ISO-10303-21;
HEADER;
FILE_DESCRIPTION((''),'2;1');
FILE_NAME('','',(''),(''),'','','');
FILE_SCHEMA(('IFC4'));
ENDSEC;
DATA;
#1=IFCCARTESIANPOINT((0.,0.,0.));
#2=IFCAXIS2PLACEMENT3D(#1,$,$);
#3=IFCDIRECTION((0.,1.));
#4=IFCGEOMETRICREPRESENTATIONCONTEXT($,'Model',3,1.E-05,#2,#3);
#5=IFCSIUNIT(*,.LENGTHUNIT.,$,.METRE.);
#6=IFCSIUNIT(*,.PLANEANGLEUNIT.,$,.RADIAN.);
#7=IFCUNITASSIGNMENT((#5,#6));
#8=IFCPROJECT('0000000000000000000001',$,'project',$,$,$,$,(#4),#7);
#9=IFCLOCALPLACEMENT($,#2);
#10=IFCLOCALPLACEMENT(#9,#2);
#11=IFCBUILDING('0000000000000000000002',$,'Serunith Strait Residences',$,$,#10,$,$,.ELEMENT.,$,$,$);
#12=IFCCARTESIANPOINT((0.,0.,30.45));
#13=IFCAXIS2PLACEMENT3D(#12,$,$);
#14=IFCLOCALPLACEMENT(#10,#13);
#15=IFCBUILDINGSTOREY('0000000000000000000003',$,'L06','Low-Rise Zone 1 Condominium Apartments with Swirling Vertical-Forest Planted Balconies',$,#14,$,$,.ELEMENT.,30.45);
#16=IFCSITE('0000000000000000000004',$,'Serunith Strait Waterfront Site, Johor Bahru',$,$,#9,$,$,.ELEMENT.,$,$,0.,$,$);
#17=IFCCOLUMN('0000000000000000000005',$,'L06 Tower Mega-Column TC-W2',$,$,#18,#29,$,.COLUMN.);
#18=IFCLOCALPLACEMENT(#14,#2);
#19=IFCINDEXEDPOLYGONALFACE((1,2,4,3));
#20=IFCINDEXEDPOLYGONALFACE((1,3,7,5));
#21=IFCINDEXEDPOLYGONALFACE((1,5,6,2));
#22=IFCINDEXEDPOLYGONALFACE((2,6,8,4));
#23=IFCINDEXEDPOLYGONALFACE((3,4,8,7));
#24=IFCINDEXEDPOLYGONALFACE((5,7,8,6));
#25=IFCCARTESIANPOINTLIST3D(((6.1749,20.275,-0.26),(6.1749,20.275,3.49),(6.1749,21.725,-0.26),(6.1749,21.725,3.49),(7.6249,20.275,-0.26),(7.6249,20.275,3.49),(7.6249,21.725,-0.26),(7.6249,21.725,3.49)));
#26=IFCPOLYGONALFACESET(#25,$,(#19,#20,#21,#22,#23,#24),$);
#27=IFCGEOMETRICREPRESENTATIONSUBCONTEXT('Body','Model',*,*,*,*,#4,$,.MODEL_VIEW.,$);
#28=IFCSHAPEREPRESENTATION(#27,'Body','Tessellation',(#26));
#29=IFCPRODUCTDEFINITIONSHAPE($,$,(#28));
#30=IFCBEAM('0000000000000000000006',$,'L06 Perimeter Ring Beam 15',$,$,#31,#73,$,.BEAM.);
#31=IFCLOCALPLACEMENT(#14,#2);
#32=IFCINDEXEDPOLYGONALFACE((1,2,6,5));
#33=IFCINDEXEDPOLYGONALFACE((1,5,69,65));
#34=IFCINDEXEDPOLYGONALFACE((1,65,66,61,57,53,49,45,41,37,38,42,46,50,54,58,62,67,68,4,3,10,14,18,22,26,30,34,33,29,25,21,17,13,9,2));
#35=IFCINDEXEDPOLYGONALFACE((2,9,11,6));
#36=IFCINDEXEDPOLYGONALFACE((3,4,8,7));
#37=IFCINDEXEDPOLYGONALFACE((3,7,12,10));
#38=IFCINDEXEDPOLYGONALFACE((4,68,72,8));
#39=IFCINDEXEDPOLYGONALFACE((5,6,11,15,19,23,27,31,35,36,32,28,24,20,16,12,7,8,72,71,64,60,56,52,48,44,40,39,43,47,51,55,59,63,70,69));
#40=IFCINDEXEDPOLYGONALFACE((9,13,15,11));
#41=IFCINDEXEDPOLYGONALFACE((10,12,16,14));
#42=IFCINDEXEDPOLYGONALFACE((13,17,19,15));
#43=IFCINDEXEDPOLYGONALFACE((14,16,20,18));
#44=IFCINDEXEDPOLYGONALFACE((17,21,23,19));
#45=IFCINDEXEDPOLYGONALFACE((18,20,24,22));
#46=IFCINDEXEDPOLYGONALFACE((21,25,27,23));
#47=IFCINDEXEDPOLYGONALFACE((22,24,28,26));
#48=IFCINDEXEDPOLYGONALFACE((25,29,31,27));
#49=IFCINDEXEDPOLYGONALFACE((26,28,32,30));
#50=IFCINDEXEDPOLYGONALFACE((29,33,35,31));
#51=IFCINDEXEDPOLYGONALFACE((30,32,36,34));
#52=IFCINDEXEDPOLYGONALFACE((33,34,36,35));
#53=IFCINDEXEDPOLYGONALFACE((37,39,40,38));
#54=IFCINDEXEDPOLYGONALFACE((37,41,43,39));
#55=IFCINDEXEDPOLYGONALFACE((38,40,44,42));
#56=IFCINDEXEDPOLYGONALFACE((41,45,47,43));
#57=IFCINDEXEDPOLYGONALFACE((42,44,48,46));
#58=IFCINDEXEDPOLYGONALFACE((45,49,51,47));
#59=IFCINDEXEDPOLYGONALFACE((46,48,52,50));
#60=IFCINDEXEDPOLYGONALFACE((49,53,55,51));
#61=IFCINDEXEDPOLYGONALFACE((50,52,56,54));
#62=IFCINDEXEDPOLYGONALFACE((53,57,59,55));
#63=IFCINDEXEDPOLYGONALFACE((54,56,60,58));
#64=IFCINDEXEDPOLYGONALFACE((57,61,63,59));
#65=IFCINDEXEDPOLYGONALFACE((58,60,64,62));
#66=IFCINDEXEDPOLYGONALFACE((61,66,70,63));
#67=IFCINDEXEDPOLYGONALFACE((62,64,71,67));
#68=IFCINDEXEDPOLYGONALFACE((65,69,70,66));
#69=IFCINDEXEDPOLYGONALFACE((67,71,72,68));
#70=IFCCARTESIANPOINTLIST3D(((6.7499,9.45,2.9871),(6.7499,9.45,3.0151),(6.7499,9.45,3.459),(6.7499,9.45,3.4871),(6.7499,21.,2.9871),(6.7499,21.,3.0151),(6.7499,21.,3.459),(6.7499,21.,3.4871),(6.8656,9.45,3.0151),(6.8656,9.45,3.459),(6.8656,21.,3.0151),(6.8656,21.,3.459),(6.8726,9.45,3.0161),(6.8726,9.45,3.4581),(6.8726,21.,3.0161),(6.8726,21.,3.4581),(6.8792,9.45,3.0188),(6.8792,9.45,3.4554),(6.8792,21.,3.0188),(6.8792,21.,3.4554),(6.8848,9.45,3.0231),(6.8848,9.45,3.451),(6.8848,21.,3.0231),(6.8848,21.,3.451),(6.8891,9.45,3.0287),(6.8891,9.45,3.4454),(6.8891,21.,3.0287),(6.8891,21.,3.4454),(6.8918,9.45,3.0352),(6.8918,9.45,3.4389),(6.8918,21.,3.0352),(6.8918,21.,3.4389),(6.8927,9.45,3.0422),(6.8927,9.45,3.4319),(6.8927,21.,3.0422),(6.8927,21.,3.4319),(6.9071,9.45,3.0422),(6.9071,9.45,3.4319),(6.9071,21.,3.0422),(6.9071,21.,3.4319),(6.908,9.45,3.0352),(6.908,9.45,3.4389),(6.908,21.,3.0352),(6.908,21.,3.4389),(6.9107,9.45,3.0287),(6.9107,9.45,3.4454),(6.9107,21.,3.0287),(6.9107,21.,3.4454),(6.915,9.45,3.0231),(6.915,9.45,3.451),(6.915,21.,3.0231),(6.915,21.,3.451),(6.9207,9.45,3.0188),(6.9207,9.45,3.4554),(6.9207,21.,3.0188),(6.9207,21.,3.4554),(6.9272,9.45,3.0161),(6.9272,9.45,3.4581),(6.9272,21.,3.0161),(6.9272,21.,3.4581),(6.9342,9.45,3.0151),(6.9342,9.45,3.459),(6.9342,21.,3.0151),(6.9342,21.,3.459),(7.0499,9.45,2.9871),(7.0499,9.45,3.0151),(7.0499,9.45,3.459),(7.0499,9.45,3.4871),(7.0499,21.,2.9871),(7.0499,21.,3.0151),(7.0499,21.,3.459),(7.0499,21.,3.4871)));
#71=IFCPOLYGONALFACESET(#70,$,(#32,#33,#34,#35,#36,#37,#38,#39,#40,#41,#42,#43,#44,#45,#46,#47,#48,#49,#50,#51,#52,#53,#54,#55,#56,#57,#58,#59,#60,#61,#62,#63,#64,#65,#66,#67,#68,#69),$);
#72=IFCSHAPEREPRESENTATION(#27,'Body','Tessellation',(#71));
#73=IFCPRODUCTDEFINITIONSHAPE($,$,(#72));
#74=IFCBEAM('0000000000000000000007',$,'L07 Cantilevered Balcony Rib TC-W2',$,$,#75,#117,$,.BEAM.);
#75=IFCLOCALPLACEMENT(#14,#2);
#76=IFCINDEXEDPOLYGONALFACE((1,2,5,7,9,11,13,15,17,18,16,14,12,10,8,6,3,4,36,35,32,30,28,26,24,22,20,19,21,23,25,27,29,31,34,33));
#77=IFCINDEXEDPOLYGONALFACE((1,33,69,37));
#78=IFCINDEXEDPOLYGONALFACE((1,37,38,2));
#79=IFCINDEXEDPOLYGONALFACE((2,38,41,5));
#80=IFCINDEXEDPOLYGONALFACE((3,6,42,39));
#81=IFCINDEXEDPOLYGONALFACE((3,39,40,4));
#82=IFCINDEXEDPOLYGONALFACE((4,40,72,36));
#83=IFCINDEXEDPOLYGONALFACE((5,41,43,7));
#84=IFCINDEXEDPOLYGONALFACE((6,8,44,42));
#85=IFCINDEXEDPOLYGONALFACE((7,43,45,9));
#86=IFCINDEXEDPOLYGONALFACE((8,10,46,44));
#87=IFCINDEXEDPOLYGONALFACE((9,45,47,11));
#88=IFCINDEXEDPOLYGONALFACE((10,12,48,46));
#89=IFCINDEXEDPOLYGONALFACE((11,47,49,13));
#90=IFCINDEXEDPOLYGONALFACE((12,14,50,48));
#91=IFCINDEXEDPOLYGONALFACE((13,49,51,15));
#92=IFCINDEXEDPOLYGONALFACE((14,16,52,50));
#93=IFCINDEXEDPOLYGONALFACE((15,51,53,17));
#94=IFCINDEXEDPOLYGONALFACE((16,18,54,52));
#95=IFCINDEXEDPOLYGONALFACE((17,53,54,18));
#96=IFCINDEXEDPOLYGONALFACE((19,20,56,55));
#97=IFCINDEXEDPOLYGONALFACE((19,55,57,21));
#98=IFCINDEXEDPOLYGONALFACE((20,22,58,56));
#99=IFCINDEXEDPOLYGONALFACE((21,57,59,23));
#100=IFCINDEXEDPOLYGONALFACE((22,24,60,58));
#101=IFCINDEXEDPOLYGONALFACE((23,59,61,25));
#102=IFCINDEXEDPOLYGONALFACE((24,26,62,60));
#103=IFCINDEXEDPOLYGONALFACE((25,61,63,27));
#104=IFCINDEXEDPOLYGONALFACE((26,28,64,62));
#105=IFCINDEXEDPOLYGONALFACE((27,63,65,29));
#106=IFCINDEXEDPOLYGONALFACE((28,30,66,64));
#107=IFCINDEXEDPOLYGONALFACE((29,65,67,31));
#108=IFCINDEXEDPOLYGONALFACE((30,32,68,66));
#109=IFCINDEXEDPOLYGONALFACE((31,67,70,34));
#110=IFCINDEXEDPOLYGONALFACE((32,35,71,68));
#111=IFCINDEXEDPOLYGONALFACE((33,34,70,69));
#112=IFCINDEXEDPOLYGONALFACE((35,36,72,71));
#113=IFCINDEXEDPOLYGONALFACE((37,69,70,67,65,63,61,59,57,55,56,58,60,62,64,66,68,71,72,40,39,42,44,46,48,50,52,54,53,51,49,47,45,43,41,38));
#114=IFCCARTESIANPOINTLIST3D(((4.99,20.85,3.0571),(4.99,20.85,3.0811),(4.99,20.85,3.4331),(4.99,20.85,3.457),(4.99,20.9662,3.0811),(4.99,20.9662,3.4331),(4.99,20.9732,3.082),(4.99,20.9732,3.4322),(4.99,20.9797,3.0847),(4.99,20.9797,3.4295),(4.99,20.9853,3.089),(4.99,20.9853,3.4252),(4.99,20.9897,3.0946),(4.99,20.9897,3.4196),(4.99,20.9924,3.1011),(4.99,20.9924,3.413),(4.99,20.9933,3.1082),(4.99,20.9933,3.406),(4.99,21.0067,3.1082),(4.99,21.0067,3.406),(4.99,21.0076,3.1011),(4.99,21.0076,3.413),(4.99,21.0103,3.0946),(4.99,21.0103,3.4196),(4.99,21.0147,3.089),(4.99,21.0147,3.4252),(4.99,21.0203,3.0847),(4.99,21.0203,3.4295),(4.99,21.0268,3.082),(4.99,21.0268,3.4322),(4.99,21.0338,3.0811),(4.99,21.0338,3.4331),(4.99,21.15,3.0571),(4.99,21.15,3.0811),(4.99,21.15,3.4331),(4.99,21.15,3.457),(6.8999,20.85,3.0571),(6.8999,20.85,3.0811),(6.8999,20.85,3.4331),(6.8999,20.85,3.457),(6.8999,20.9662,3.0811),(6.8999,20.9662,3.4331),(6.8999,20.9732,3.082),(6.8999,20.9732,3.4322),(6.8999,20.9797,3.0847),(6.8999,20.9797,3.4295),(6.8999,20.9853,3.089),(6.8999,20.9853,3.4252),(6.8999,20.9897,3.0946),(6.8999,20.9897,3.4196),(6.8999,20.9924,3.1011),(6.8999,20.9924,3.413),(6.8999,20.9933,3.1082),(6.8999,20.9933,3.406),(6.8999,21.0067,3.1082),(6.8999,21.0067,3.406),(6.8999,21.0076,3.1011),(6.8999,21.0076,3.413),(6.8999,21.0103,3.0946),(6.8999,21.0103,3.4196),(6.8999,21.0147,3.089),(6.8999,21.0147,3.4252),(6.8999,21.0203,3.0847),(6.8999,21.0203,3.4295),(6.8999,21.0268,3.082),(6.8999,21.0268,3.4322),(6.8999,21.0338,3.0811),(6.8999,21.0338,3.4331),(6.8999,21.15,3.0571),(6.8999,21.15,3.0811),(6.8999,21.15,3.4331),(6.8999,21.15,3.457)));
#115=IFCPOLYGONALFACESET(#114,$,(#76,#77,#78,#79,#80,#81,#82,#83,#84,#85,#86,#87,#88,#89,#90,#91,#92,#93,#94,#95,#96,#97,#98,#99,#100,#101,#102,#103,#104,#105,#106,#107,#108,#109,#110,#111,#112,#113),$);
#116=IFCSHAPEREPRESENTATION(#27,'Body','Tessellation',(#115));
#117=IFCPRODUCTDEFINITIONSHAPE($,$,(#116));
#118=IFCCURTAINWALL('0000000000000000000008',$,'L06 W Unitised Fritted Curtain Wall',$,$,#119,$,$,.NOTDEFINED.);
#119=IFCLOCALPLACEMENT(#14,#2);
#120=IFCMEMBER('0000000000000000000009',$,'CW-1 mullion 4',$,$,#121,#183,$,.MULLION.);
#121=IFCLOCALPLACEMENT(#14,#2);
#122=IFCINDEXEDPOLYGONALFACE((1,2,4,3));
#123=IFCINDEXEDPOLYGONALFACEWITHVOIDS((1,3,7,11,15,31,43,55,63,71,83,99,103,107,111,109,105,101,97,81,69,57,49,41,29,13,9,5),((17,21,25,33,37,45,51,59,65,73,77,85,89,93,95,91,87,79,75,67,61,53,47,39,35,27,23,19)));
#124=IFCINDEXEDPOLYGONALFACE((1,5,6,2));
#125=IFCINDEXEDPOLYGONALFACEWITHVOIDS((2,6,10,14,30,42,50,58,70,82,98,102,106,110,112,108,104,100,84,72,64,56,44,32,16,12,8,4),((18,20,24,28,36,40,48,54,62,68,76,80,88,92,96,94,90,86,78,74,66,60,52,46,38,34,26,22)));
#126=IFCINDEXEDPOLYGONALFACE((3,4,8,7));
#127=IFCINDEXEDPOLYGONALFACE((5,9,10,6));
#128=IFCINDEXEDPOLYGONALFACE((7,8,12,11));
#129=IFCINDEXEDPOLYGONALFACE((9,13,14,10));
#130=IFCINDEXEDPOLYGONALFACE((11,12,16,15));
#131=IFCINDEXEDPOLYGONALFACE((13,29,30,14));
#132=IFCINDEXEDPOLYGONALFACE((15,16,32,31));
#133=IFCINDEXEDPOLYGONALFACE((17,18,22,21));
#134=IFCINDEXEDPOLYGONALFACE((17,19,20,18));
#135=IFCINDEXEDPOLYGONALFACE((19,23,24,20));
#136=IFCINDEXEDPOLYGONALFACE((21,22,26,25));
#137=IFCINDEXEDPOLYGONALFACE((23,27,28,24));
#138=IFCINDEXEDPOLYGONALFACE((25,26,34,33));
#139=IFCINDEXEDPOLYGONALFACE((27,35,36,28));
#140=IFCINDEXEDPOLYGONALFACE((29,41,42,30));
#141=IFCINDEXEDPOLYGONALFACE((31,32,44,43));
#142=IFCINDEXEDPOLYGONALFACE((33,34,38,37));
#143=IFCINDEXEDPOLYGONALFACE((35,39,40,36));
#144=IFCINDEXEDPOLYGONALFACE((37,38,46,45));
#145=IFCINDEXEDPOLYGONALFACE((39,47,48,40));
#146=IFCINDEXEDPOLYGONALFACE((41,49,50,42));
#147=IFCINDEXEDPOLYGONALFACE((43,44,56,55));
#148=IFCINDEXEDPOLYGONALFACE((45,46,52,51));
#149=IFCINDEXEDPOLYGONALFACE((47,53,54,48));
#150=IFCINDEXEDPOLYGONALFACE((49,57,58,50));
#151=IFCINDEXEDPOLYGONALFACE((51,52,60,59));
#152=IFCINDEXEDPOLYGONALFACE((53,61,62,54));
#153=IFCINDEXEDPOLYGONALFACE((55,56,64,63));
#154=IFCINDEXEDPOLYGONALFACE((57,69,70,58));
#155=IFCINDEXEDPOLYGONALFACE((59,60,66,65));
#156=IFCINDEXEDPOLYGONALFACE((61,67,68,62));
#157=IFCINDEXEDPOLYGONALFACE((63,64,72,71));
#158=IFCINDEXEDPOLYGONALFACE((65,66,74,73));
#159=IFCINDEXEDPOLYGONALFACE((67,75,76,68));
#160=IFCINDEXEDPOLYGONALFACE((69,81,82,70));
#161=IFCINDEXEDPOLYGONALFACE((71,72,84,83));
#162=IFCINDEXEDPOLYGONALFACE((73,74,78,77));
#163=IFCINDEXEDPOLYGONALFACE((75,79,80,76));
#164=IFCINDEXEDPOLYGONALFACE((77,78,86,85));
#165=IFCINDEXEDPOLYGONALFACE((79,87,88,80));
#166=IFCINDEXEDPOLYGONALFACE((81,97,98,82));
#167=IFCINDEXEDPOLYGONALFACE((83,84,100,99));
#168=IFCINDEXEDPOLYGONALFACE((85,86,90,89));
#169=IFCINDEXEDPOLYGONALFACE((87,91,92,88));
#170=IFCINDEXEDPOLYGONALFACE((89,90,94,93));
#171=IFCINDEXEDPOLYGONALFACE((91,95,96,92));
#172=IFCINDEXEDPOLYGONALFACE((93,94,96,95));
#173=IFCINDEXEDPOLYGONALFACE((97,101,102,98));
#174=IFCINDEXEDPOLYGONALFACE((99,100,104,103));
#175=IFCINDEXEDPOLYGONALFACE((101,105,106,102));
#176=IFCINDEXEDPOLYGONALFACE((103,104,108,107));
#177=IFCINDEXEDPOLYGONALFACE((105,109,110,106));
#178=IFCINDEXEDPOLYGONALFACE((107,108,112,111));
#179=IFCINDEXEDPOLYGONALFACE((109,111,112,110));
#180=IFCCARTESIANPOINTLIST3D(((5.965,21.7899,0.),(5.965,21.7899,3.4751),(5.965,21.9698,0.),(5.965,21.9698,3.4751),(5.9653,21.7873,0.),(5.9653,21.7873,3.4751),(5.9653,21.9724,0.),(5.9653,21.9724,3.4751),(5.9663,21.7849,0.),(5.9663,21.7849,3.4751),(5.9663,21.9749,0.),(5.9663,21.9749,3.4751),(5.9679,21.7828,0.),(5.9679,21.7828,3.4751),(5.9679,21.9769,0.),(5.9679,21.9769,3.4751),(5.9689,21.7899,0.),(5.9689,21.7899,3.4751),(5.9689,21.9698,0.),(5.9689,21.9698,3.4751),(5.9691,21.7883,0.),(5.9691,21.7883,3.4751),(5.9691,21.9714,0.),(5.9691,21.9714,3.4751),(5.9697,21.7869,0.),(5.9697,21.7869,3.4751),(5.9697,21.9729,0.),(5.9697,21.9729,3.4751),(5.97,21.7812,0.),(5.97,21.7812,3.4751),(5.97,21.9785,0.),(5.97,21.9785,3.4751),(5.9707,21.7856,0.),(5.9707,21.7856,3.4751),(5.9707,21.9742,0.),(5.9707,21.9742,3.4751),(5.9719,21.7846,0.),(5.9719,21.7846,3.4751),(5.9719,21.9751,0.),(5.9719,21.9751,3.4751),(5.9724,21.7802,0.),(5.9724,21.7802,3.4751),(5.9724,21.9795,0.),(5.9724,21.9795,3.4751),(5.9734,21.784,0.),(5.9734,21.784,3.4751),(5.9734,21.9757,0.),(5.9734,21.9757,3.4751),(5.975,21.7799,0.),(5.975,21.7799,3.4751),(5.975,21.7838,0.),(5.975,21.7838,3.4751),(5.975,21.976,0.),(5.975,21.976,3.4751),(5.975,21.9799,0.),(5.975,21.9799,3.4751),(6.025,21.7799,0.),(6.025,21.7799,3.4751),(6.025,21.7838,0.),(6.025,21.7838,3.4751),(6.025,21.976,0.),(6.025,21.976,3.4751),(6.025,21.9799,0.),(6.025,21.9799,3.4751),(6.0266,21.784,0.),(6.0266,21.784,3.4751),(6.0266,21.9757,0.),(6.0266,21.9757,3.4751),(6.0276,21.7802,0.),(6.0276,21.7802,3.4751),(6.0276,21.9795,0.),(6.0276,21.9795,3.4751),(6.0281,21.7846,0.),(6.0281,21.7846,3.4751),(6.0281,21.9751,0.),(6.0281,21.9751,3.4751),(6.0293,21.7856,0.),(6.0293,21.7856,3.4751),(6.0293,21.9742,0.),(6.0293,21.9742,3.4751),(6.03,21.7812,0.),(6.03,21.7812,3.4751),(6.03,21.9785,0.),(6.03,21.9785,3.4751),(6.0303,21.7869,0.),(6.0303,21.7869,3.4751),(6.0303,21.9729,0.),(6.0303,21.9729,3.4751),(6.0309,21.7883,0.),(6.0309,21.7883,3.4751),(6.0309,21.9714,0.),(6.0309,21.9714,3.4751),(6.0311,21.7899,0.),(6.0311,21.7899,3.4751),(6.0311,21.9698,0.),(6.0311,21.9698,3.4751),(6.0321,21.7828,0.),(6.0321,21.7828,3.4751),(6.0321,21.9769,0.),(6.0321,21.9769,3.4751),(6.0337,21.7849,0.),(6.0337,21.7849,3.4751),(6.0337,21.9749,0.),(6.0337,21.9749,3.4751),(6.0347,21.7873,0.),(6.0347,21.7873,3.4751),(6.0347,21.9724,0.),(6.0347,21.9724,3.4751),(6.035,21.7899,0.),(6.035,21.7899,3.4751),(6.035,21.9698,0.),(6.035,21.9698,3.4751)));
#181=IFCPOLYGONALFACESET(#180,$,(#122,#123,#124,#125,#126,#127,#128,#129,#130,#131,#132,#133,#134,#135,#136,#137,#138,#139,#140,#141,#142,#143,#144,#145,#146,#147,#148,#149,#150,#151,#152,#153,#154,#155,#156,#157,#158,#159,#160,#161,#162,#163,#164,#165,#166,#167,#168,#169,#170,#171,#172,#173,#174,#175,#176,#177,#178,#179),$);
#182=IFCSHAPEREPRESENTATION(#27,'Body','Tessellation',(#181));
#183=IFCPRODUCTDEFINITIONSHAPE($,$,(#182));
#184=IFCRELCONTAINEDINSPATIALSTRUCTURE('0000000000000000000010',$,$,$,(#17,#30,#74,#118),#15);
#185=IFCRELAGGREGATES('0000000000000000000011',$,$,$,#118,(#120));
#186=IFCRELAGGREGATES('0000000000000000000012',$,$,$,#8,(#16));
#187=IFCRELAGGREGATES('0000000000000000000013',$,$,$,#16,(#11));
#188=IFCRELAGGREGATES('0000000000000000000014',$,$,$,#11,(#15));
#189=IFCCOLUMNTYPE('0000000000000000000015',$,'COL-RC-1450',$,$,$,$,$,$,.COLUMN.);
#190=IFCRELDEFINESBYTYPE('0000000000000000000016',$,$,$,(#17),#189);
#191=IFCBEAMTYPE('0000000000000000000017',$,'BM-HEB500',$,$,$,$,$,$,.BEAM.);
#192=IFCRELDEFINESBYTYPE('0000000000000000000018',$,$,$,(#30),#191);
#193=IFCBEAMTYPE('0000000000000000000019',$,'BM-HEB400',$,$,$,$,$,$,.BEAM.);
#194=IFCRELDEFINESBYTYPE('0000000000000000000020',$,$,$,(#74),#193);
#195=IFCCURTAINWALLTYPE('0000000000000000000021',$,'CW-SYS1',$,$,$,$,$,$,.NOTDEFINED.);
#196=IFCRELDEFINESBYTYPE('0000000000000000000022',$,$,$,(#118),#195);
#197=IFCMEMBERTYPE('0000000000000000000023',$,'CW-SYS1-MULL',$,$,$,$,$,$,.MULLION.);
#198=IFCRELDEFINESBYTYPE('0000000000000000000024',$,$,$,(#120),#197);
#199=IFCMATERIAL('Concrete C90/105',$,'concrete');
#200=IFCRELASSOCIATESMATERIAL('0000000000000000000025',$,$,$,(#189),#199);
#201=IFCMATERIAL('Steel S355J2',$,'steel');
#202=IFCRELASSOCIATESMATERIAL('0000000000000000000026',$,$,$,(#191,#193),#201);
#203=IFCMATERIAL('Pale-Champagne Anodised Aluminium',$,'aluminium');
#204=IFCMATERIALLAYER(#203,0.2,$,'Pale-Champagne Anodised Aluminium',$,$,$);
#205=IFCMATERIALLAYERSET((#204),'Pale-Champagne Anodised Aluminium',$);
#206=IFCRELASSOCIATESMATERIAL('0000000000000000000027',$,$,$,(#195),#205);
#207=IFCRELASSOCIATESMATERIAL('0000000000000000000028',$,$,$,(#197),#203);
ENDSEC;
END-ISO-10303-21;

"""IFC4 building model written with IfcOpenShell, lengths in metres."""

from ifc_helpers import new_model, si_unit, direction, frame, origin, origin_2d, place, context, subcontext, project, spatial, rectangle, hollow_rectangle, i_section, extrude, source, transform, mapped, material, layer, layer_set, material_profile, profile_set, type_object, element, aggregate, save


model = new_model("IFC4")

# Units and contexts
model_context = context("Model", 3, precision=1e-05, world=origin(), true_north=direction((0.0, 1.0)))
body_context = subcontext(model_context, "Body", "Model", "MODEL_VIEW")
ifc_project = project(units=[si_unit("LENGTHUNIT", "METRE"), si_unit("PLANEANGLEUNIT", "RADIAN")], contexts=[model_context])

# Site, building, storey
site_placement = place(None, origin())
site = spatial("IfcSite", under=ifc_project, at=site_placement, Name="Serunith Strait Waterfront Site, Johor Bahru", CompositionType="ELEMENT", RefElevation=0.0)
building_placement = place(site_placement, origin())
building = spatial("IfcBuilding", under=site, at=building_placement, Name="Serunith Strait Residences", CompositionType="ELEMENT")
storey_placement = place(building_placement, frame((0.0, 0.0, 30.45)))
storey = spatial("IfcBuildingStorey", under=building, at=storey_placement, Name="L06", Description="Low-Rise Zone 1 Condominium Apartments with Swirling Vertical-Forest Planted Balconies", CompositionType="ELEMENT", Elevation=30.45)

# Column
ifc_material_1 = material(Name="Concrete C90/105", Category="concrete")
ifc_material_profile_1 = material_profile(ifc_material_1, rectangle(XDim=1.45, YDim=1.45, at=origin_2d()), Name="RC 1450x1450")
ifc_profile_set_1 = profile_set([ifc_material_profile_1], Name="Concrete C90/105")
column_type = type_object("IfcColumnType", Name="COL-RC-1450", PredefinedType="COLUMN", material=ifc_profile_set_1)
shared_shape_1 = source(origin(), body_context, "Body", "SweptSolid", [
    extrude(rectangle(XDim=1.45, YDim=1.45, at=origin_2d()), origin(), (0.0, 0.0, 1.0), 3.75),
])
column_placement = place(storey_placement, frame((6.8999, 21.0, -0.26), z_axis=(0.0, 0.0, 1.0), x_axis=(1.0, 0.0, 0.0)))
element("IfcColumn", 1, at=column_placement, inside=storey, type_object=column_type, Name="L06 Tower Mega-Column TC-W2", PredefinedType="COLUMN", context=body_context, shape_type="MappedRepresentation", body=[
    mapped(shared_shape_1, transform((0.0, 0.0, 0.0), scale=1.0)),
])

# Beams
ifc_material_2 = material(Name="Steel S355J2", Category="steel")
ifc_material_profile_2 = material_profile(ifc_material_2, i_section(OverallWidth=0.3, OverallDepth=0.5, WebThickness=0.0144, FlangeThickness=0.0281, FilletRadius=0.0271, at=origin_2d()), Name="HEB 500")
ifc_profile_set_2 = profile_set([ifc_material_profile_2], Name="Steel S355J2")
beam_type_1 = type_object("IfcBeamType", Name="BM-HEB500", PredefinedType="BEAM", material=ifc_profile_set_2)
shared_shape_2 = source(origin(), body_context, "Body", "SweptSolid", [
    extrude(i_section(OverallWidth=0.3, OverallDepth=0.5, WebThickness=0.0144, FlangeThickness=0.0281, FilletRadius=0.0271, at=origin_2d()), origin(), (0.0, 0.0, 1.0), 11.55),
])
beam_1_placement = place(storey_placement, frame((6.8999, 21.0, 3.2371), z_axis=(0.0, -1.0, 0.0), x_axis=(1.0, 0.0, 0.0)))
element("IfcBeam", 2, at=beam_1_placement, inside=storey, type_object=beam_type_1, Name="L06 Perimeter Ring Beam 15", PredefinedType="BEAM", context=body_context, shape_type="MappedRepresentation", body=[
    mapped(shared_shape_2, transform((0.0, 0.0, 0.0), scale=1.0)),
])
ifc_material_profile_3 = material_profile(ifc_material_2, i_section(OverallWidth=0.3, OverallDepth=0.3999, WebThickness=0.0134, FlangeThickness=0.0239, FilletRadius=0.0271, at=origin_2d()), Name="HEB 400")
ifc_profile_set_3 = profile_set([ifc_material_profile_3], Name="Steel S355J2")
beam_type_2 = type_object("IfcBeamType", Name="BM-HEB400", PredefinedType="BEAM", material=ifc_profile_set_3)
shared_shape_3 = source(origin(), body_context, "Body", "SweptSolid", [
    extrude(i_section(OverallWidth=0.3, OverallDepth=0.3999, WebThickness=0.0134, FlangeThickness=0.0239, FilletRadius=0.0271, at=origin_2d()), origin(), (0.0, 0.0, 1.0), 1.9099),
])
beam_2_placement = place(storey_placement, frame((6.8999, 21.0, 3.2571), z_axis=(-1.0, 0.0, 0.0), x_axis=(0.0, -1.0, 0.0)))
element("IfcBeam", 3, at=beam_2_placement, inside=storey, type_object=beam_type_2, Name="L07 Cantilevered Balcony Rib TC-W2", PredefinedType="BEAM", context=body_context, shape_type="MappedRepresentation", body=[
    mapped(shared_shape_3, transform((0.0, 0.0, 0.0), scale=1.0)),
])

# Curtain wall, member
ifc_material_3 = material(Name="Pale-Champagne Anodised Aluminium", Category="aluminium")
ifc_layer_1 = layer(ifc_material_3, 0.2, Name="Pale-Champagne Anodised Aluminium")
ifc_layer_set_1 = layer_set([ifc_layer_1], Name="Pale-Champagne Anodised Aluminium")
curtain_wall_type = type_object("IfcCurtainWallType", Name="CW-SYS1", PredefinedType="NOTDEFINED", material=ifc_layer_set_1)
curtain_wall_placement = place(storey_placement, origin())
curtain_wall = element("IfcCurtainWall", 4, at=curtain_wall_placement, inside=storey, type_object=curtain_wall_type, Name="L06 W Unitised Fritted Curtain Wall", PredefinedType="NOTDEFINED")
ifc_material_profile_4 = material_profile(ifc_material_3, hollow_rectangle(XDim=0.0701, YDim=0.2, WallThickness=0.0039, InnerFilletRadius=0.0061, OuterFilletRadius=0.01, at=origin_2d()), Name="ALU 200x70x4")
ifc_profile_set_4 = profile_set([ifc_material_profile_4], Name="Pale-Champagne Anodised Aluminium")
member_type_1 = type_object("IfcMemberType", Name="CW-SYS1-MULL", PredefinedType="MULLION", material=ifc_profile_set_4)
shared_shape_4 = source(origin(), body_context, "Body", "SweptSolid", [
    extrude(hollow_rectangle(XDim=0.0701, YDim=0.2, WallThickness=0.0039, InnerFilletRadius=0.0061, OuterFilletRadius=0.01, at=origin_2d()), origin(), (0.0, 0.0, 1.0), 3.4751),
])
member_1_placement = place(storey_placement, frame((6.0, 21.8799, 0.0), z_axis=(0.0, 0.0, 1.0), x_axis=(1.0, 0.0, 0.0)))
member_1 = element("IfcMember", 5, at=member_1_placement, type_object=member_type_1, Name="CW-1 mullion 4", PredefinedType="MULLION", context=body_context, shape_type="MappedRepresentation", body=[
    mapped(shared_shape_4, transform((0.0, 0.0, 0.0), scale=1.0)),
])
aggregate(curtain_wall, [member_1])

save(model, "model.ifc")
